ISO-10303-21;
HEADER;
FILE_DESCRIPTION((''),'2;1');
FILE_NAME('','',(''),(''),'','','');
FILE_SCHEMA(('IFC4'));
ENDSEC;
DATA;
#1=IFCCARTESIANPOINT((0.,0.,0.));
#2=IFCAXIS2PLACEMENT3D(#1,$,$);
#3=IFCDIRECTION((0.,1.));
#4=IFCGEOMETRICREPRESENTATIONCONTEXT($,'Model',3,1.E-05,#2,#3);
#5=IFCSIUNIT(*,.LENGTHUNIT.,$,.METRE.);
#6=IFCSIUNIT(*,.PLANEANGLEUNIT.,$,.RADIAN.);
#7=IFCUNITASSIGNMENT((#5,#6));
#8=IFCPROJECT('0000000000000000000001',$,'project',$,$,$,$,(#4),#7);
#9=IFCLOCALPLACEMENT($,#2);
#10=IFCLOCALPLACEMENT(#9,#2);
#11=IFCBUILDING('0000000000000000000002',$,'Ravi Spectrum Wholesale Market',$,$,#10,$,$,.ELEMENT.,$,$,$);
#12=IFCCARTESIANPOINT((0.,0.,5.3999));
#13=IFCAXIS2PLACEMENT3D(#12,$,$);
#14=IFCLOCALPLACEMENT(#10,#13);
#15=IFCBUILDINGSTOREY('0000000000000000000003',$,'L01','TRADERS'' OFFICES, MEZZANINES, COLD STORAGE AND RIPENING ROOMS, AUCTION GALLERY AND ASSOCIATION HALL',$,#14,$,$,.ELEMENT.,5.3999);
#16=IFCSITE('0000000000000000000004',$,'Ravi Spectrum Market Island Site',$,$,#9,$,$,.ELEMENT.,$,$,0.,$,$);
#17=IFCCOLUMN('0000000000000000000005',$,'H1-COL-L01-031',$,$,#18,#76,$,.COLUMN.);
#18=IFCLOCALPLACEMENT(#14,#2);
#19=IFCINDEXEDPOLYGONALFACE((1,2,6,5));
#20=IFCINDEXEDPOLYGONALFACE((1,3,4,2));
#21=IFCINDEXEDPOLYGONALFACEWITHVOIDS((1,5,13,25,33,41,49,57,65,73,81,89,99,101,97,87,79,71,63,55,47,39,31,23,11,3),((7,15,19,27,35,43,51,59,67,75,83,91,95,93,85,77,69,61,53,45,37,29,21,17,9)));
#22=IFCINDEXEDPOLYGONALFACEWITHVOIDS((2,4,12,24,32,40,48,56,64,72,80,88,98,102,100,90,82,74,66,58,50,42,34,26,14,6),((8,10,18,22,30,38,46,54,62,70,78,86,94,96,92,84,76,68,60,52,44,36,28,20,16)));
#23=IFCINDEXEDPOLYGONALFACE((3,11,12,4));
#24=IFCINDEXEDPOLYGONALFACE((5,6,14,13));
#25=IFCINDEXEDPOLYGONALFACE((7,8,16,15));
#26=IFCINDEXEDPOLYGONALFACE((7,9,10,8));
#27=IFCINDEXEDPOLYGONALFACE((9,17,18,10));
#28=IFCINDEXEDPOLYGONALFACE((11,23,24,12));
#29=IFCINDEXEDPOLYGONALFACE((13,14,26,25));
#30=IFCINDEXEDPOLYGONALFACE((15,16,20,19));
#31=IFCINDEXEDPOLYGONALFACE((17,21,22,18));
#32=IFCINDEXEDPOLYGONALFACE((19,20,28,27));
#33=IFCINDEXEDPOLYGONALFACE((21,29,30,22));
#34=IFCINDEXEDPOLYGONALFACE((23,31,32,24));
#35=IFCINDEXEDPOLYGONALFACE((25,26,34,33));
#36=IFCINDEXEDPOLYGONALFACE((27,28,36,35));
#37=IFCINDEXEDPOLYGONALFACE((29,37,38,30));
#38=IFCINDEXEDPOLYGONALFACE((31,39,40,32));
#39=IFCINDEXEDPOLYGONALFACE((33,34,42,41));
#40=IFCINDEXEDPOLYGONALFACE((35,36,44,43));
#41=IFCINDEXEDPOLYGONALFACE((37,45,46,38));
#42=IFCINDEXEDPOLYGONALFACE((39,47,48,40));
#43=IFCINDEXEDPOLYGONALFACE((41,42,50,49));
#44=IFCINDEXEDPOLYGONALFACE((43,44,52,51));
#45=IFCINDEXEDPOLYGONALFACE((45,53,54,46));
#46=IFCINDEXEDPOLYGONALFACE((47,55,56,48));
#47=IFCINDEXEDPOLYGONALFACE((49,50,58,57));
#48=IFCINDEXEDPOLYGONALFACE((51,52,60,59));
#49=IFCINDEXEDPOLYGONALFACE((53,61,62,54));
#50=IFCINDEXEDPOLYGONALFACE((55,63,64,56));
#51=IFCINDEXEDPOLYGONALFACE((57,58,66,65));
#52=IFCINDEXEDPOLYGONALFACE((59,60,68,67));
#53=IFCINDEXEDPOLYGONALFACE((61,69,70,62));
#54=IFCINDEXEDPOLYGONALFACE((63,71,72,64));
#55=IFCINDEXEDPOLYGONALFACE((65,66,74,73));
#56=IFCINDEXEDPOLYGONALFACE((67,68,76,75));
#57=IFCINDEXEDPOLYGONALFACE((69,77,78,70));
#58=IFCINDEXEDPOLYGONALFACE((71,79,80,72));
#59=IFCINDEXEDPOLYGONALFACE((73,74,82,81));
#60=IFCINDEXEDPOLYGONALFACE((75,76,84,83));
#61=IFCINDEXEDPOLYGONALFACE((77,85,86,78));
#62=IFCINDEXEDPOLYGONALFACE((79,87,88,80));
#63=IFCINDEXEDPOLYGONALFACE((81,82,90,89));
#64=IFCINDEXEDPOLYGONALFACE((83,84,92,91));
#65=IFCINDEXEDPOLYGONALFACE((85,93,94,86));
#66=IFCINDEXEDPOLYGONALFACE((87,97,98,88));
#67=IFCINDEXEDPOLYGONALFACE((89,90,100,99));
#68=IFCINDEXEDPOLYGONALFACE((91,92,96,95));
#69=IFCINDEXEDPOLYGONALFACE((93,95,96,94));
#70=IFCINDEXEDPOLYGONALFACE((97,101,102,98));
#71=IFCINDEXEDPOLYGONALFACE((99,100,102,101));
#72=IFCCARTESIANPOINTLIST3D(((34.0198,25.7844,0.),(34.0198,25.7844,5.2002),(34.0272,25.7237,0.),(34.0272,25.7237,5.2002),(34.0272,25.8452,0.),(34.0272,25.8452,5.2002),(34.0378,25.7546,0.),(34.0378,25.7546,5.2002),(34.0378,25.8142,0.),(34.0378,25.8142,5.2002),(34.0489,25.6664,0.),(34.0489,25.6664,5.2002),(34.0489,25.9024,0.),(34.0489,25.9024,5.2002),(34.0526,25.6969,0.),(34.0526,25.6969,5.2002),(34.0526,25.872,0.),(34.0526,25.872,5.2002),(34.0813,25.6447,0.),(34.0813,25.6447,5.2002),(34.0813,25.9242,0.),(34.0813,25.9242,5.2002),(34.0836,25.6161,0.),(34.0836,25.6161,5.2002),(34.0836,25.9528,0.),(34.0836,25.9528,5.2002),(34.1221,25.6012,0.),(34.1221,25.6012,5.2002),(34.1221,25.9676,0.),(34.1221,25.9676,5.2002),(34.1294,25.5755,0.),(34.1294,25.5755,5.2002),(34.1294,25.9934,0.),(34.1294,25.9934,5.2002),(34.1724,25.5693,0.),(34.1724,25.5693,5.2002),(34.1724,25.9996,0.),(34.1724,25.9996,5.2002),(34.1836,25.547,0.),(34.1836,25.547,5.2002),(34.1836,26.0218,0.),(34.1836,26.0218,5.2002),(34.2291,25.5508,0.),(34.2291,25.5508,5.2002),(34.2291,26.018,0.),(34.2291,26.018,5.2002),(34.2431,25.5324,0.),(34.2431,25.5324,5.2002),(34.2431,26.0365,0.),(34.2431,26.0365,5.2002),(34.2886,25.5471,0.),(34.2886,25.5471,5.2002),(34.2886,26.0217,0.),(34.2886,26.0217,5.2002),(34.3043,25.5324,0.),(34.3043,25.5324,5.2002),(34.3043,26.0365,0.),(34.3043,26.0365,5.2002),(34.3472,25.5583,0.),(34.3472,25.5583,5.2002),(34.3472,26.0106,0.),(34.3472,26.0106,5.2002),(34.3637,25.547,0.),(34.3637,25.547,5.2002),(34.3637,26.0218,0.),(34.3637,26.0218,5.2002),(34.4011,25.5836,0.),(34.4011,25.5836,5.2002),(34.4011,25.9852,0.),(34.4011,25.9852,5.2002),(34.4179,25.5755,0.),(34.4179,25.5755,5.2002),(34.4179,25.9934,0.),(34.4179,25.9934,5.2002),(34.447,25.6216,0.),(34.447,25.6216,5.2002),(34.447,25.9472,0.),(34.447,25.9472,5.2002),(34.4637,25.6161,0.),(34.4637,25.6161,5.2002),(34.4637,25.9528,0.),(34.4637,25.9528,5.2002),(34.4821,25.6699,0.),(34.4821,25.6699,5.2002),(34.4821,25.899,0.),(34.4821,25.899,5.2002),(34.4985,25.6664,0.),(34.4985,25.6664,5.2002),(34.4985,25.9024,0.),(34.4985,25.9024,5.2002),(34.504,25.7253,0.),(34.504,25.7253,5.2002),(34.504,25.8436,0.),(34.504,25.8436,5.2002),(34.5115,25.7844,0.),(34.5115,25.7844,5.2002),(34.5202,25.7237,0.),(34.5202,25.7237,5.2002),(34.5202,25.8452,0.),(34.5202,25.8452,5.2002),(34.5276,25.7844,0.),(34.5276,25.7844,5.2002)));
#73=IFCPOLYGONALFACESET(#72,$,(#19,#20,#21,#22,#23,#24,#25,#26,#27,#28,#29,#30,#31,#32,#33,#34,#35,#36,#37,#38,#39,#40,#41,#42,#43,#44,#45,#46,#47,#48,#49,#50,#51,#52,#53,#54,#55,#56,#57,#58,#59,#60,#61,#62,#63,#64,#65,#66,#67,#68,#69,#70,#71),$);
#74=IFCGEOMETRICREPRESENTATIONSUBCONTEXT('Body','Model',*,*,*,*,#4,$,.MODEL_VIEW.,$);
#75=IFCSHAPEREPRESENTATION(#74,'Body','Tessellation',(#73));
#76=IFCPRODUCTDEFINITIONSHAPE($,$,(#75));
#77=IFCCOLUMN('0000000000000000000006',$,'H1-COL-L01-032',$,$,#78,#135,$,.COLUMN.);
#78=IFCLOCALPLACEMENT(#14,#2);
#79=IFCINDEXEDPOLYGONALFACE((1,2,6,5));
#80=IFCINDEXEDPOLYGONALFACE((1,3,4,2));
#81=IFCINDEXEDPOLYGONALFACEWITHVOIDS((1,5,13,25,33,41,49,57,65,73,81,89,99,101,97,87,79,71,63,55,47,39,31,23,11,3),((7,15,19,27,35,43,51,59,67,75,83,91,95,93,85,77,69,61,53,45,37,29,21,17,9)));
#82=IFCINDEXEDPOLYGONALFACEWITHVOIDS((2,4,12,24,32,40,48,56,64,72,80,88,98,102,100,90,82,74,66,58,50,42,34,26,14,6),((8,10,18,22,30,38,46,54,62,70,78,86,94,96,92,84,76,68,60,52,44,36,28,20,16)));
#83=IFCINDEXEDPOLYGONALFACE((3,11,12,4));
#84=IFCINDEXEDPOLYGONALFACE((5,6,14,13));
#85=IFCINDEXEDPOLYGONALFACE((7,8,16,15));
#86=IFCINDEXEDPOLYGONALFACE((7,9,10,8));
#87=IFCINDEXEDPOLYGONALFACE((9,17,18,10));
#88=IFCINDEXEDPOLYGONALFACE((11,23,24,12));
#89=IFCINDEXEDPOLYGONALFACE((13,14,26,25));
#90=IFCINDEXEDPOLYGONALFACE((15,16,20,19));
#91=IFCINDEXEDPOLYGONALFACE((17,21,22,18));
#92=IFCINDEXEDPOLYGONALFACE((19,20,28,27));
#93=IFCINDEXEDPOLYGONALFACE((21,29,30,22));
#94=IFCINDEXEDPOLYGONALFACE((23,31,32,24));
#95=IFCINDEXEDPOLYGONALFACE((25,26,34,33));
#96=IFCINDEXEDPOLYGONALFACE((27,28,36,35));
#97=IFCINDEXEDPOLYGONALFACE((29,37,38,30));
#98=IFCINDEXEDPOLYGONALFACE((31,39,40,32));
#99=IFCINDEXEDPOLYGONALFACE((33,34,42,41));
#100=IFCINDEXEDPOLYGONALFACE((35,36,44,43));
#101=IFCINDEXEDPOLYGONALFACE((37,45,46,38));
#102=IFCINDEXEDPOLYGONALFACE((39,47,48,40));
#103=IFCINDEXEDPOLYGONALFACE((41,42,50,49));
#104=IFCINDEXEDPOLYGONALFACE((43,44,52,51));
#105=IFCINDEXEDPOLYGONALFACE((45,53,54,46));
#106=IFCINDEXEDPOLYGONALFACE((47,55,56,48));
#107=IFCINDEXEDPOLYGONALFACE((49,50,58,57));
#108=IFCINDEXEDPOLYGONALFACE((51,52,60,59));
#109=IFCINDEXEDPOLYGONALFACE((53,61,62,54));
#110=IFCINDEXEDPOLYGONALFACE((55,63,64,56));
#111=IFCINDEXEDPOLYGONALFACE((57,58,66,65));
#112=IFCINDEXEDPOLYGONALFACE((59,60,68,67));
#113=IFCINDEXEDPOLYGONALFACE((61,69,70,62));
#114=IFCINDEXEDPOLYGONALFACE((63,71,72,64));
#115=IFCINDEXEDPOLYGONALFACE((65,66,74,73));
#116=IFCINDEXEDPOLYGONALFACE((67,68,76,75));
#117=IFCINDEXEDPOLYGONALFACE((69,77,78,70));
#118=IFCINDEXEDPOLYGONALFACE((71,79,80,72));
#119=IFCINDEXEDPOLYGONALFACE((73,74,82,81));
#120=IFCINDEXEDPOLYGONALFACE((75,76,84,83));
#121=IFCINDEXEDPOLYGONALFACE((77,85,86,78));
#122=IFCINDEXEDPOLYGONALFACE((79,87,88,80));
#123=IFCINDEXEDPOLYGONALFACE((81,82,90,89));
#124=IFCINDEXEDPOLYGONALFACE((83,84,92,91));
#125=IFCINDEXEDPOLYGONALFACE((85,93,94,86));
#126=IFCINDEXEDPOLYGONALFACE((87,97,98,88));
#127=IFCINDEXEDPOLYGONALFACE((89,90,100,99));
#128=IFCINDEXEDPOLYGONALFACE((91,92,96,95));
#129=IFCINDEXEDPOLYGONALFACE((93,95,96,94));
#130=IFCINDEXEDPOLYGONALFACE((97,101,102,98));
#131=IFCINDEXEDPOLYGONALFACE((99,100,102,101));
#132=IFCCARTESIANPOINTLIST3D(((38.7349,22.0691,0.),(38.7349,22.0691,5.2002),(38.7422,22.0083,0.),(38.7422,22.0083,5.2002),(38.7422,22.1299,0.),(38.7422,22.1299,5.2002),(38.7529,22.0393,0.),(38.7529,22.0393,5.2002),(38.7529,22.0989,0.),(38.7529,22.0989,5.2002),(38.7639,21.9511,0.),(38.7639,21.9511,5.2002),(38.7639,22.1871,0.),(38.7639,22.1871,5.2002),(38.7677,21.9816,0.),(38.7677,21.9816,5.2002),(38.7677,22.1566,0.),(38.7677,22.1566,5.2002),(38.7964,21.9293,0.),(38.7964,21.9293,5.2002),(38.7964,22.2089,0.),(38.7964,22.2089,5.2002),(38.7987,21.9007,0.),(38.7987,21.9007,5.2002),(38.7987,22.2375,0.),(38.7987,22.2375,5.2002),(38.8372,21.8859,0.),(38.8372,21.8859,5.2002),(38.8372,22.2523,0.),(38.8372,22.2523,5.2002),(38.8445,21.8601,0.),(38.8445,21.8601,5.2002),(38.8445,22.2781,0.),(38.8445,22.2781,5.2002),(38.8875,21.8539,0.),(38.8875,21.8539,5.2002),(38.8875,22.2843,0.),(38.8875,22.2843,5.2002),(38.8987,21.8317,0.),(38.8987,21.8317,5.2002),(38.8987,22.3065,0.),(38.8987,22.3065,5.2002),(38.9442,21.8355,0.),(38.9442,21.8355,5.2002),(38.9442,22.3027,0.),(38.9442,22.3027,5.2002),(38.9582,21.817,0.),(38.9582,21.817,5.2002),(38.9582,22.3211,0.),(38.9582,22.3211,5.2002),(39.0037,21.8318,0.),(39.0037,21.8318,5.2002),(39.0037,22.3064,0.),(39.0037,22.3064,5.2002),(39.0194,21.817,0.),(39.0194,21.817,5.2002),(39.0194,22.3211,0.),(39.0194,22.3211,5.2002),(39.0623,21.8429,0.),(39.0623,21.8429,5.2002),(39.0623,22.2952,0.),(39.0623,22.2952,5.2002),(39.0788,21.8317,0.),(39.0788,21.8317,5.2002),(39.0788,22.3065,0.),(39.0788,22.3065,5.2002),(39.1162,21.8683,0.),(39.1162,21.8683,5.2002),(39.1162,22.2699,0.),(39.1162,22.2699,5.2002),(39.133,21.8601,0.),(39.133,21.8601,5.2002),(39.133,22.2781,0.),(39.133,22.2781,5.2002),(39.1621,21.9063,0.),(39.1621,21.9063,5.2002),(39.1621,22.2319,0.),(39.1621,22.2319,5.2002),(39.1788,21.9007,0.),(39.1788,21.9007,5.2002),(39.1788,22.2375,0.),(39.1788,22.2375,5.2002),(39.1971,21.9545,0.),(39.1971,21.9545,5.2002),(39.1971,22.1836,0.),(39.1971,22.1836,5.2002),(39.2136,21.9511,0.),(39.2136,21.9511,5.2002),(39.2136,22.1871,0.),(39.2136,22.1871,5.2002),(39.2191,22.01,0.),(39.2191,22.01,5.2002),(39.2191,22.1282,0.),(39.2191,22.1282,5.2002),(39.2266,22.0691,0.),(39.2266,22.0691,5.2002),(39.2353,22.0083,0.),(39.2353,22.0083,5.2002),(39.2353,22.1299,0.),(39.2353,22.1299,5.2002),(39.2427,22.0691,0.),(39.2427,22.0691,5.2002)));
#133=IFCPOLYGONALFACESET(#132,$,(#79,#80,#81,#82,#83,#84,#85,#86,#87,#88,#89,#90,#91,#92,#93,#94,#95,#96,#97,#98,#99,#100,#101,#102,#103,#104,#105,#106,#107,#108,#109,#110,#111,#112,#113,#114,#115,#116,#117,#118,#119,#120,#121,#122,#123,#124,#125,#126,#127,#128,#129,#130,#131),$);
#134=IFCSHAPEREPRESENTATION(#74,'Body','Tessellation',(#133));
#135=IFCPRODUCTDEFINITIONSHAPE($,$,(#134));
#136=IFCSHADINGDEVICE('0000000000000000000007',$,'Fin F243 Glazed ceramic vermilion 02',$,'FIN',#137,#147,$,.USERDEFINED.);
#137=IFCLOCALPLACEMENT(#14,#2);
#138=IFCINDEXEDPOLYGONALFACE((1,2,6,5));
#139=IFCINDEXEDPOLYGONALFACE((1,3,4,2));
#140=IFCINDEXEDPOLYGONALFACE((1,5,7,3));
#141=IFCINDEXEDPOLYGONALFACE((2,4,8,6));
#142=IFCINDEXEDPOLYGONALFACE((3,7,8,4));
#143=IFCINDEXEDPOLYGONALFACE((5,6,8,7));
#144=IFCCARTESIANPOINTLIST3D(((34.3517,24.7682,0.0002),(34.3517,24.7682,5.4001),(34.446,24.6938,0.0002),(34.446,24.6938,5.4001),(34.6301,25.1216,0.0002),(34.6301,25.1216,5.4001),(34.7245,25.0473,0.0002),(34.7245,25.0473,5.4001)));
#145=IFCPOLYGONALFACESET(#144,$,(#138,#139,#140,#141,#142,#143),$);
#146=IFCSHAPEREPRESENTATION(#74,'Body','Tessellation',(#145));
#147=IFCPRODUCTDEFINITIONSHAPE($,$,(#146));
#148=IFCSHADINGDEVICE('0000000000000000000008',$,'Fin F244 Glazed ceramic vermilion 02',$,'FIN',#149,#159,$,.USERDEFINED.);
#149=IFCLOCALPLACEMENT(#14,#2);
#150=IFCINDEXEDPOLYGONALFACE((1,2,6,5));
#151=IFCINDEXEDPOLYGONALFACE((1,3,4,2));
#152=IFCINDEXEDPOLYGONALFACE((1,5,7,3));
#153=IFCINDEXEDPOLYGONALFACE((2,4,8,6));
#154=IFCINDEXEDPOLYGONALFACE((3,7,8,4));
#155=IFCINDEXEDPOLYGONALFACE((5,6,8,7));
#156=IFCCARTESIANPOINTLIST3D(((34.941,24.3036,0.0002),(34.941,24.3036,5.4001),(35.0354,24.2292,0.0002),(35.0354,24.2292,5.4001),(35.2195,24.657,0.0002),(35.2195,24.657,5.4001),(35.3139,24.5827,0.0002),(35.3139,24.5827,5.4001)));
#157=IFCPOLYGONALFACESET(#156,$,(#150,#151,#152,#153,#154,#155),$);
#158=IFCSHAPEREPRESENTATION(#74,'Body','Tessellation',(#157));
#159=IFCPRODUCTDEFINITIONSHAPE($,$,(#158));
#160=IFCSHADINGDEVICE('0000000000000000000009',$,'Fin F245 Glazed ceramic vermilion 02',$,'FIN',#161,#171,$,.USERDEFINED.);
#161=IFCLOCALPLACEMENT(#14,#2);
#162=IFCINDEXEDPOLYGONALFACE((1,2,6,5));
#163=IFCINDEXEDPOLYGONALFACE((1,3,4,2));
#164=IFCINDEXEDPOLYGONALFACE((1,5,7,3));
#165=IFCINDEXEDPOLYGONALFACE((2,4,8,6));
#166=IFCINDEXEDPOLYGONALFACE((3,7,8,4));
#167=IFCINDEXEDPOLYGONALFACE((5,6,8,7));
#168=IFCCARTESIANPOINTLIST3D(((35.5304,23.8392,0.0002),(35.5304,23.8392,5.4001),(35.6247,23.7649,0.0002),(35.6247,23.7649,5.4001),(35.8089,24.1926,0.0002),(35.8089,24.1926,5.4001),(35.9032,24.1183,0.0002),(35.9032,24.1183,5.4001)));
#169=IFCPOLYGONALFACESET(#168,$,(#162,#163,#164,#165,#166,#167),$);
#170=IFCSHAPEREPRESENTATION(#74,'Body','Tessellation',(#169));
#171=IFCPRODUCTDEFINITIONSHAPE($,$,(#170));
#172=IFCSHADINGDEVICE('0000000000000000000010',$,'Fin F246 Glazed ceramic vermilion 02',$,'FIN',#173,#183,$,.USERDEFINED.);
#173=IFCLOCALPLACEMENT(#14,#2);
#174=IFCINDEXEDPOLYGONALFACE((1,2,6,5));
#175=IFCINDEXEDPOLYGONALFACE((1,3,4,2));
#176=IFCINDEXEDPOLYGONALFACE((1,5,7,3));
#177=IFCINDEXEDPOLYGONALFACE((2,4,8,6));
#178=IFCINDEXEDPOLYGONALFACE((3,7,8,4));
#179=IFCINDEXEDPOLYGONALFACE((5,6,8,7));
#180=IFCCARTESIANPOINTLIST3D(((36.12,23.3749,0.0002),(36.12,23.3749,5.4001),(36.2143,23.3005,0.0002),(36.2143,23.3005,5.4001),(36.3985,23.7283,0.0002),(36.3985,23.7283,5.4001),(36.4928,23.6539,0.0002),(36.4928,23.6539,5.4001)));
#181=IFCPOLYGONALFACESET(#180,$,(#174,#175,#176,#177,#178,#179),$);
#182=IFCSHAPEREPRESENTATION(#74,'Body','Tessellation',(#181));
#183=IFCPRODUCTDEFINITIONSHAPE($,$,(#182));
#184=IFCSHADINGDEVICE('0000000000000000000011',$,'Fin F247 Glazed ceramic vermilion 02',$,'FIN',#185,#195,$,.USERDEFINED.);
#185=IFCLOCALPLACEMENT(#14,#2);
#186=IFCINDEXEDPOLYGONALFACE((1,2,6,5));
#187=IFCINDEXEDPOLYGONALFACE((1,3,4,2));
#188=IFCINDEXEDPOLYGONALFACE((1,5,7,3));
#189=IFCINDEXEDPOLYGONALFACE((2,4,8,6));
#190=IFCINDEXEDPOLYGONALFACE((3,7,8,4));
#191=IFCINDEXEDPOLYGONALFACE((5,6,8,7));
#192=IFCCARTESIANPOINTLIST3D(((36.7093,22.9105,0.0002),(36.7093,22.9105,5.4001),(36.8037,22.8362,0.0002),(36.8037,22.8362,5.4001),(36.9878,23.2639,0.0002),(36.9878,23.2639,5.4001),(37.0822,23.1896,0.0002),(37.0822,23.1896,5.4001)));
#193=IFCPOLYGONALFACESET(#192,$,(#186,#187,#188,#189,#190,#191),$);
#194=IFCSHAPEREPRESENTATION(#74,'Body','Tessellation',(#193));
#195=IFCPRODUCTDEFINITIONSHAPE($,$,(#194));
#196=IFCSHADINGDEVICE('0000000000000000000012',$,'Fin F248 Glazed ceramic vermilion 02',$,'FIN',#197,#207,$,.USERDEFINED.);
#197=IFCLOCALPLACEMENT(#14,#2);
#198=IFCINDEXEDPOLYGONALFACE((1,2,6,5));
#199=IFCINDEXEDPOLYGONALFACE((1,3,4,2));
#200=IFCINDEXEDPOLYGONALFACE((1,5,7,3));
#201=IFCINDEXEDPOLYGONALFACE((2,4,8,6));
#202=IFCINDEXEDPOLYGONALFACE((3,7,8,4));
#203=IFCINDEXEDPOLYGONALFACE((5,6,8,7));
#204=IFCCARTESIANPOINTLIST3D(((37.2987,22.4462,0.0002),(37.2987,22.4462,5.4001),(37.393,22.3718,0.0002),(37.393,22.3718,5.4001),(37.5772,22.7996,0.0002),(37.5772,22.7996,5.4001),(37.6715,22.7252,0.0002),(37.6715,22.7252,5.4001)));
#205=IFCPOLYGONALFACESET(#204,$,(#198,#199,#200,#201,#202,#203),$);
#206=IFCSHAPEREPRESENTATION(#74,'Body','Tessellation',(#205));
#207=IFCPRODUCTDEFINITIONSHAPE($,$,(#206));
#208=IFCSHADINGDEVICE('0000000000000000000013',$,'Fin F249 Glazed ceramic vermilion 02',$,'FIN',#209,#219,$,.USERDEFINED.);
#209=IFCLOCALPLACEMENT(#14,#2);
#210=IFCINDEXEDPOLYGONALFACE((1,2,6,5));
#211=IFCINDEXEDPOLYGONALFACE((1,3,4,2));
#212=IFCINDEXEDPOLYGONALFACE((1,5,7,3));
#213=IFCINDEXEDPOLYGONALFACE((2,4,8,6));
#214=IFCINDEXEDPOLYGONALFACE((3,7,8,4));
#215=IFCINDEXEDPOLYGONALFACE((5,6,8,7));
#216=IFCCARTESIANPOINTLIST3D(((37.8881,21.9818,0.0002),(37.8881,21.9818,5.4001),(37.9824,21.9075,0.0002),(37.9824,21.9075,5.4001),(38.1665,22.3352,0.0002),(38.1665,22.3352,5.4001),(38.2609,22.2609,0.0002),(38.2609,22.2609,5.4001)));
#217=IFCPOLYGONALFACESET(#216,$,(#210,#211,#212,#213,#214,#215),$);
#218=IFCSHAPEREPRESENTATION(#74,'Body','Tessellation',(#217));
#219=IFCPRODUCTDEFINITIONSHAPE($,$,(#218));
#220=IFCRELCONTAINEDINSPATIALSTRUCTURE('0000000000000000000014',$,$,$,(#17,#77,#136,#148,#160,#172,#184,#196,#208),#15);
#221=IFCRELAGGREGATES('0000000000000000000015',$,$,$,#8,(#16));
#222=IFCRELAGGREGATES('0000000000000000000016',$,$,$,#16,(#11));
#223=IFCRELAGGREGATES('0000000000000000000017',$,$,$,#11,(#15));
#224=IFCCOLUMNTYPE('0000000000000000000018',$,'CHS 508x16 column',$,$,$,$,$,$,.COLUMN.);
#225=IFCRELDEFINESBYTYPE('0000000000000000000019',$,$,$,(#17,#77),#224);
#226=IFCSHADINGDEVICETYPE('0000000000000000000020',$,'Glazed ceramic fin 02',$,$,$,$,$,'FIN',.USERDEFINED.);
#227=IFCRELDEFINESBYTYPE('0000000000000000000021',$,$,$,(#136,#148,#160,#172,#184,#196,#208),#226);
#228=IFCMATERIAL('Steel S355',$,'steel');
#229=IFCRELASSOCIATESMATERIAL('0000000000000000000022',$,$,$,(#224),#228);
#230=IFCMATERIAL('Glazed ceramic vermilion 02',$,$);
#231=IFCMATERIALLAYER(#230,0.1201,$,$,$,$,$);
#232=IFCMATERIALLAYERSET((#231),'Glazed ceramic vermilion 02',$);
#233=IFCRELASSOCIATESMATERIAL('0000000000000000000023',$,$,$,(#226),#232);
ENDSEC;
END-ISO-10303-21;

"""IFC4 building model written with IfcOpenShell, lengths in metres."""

from ifc_helpers import new_model, si_unit, direction, frame, origin, origin_2d, place, context, subcontext, project, spatial, rectangle, hollow_circle, extrude, material, layer, layer_set, material_profile, profile_set, type_object, element, save


model = new_model("IFC4")

# Units and contexts
model_context = context("Model", 3, precision=1e-05, world=origin(), true_north=direction((0.0, 1.0)))
body_context = subcontext(model_context, "Body", "Model", "MODEL_VIEW")
ifc_project = project(units=[si_unit("LENGTHUNIT", "METRE"), si_unit("PLANEANGLEUNIT", "RADIAN")], contexts=[model_context])

# Site, building, storey
site_placement = place(None, origin())
site = spatial("IfcSite", under=ifc_project, at=site_placement, Name="Ravi Spectrum Market Island Site", CompositionType="ELEMENT", RefElevation=0.0)
building_placement = place(site_placement, origin())
building = spatial("IfcBuilding", under=site, at=building_placement, Name="Ravi Spectrum Wholesale Market", CompositionType="ELEMENT")
storey_placement = place(building_placement, frame((0.0, 0.0, 5.3999)))
storey = spatial("IfcBuildingStorey", under=building, at=storey_placement, Name="L01", Description="TRADERS' OFFICES, MEZZANINES, COLD STORAGE AND RIPENING ROOMS, AUCTION GALLERY AND ASSOCIATION HALL", CompositionType="ELEMENT", Elevation=5.3999)

# Columns
ifc_material_1 = material(Name="Steel S355", Category="steel")
ifc_material_profile_1 = material_profile(ifc_material_1, hollow_circle(Radius=0.2539, WallThickness=0.0161, at=origin_2d()))
ifc_profile_set_1 = profile_set([ifc_material_profile_1], Name="Steel S355")
column_type = type_object("IfcColumnType", Name="CHS 508x16 column", PredefinedType="COLUMN", material=ifc_profile_set_1)
for number, where, z_axis, x_axis, name in (
    (1, (34.2737, 25.7844, 0.0), (0.0, 0.0, 1.0), (1.0, 0.0, 0.0), "H1-COL-L01-031"),
    (2, (38.9888, 22.0691, 0.0), (0.0, 0.0, 1.0), (1.0, 0.0, 0.0), "H1-COL-L01-032"),
):
    element("IfcColumn", number, at=place(storey_placement, frame(where, z_axis=z_axis, x_axis=x_axis)), inside=storey, type_object=column_type, Name=name, PredefinedType="COLUMN", context=body_context, shape_type="SweptSolid", body=[
        extrude(hollow_circle(Radius=0.2539, WallThickness=0.0161, at=origin_2d()), origin(), (0.0, 0.0, 1.0), 5.2002),
    ])

# Shading devices
ifc_material_2 = material(Name="Glazed ceramic vermilion 02")
ifc_layer = layer(ifc_material_2, 0.1201)
ifc_layer_set = layer_set([ifc_layer], Name="Glazed ceramic vermilion 02")
shading_device_type = type_object("IfcShadingDeviceType", Name="Glazed ceramic fin 02", ElementType="FIN", PredefinedType="USERDEFINED", material=ifc_layer_set)
for number, where, z_axis, x_axis, name in (
    (3, (34.5381, 24.9077, 0.0002), (0.0, 0.0, 1.0), (0.785472, -0.618897, 0.0), "Fin F243 Glazed ceramic vermilion 02"),
    (4, (35.1274, 24.4431, 0.0002), (0.0, 0.0, 1.0), (0.785472, -0.618897, 0.0), "Fin F244 Glazed ceramic vermilion 02"),
    (5, (35.7168, 23.9788, 0.0002), (0.0, 0.0, 1.0), (0.785472, -0.618897, 0.0), "Fin F245 Glazed ceramic vermilion 02"),
    (6, (36.3064, 23.5144, 0.0002), (0.0, 0.0, 1.0), (0.785472, -0.618897, 0.0), "Fin F246 Glazed ceramic vermilion 02"),
    (7, (36.8958, 23.05, 0.0002), (0.0, 0.0, 1.0), (0.785472, -0.618897, 0.0), "Fin F247 Glazed ceramic vermilion 02"),
    (8, (37.4851, 22.5857, 0.0002), (0.0, 0.0, 1.0), (0.785472, -0.618897, 0.0), "Fin F248 Glazed ceramic vermilion 02"),
    (9, (38.0745, 22.1213, 0.0002), (0.0, 0.0, 1.0), (0.785472, -0.618897, 0.0), "Fin F249 Glazed ceramic vermilion 02"),
):
    element("IfcShadingDevice", number, at=place(storey_placement, frame(where, z_axis=z_axis, x_axis=x_axis)), inside=storey, type_object=shading_device_type, Name=name, ObjectType="FIN", PredefinedType="USERDEFINED", context=body_context, shape_type="SweptSolid", body=[
        extrude(rectangle(XDim=0.1201, YDim=0.45, at=origin_2d()), origin(), (0.0, 0.0, 1.0), 5.3999),
    ])

save(model, "model.ifc")
